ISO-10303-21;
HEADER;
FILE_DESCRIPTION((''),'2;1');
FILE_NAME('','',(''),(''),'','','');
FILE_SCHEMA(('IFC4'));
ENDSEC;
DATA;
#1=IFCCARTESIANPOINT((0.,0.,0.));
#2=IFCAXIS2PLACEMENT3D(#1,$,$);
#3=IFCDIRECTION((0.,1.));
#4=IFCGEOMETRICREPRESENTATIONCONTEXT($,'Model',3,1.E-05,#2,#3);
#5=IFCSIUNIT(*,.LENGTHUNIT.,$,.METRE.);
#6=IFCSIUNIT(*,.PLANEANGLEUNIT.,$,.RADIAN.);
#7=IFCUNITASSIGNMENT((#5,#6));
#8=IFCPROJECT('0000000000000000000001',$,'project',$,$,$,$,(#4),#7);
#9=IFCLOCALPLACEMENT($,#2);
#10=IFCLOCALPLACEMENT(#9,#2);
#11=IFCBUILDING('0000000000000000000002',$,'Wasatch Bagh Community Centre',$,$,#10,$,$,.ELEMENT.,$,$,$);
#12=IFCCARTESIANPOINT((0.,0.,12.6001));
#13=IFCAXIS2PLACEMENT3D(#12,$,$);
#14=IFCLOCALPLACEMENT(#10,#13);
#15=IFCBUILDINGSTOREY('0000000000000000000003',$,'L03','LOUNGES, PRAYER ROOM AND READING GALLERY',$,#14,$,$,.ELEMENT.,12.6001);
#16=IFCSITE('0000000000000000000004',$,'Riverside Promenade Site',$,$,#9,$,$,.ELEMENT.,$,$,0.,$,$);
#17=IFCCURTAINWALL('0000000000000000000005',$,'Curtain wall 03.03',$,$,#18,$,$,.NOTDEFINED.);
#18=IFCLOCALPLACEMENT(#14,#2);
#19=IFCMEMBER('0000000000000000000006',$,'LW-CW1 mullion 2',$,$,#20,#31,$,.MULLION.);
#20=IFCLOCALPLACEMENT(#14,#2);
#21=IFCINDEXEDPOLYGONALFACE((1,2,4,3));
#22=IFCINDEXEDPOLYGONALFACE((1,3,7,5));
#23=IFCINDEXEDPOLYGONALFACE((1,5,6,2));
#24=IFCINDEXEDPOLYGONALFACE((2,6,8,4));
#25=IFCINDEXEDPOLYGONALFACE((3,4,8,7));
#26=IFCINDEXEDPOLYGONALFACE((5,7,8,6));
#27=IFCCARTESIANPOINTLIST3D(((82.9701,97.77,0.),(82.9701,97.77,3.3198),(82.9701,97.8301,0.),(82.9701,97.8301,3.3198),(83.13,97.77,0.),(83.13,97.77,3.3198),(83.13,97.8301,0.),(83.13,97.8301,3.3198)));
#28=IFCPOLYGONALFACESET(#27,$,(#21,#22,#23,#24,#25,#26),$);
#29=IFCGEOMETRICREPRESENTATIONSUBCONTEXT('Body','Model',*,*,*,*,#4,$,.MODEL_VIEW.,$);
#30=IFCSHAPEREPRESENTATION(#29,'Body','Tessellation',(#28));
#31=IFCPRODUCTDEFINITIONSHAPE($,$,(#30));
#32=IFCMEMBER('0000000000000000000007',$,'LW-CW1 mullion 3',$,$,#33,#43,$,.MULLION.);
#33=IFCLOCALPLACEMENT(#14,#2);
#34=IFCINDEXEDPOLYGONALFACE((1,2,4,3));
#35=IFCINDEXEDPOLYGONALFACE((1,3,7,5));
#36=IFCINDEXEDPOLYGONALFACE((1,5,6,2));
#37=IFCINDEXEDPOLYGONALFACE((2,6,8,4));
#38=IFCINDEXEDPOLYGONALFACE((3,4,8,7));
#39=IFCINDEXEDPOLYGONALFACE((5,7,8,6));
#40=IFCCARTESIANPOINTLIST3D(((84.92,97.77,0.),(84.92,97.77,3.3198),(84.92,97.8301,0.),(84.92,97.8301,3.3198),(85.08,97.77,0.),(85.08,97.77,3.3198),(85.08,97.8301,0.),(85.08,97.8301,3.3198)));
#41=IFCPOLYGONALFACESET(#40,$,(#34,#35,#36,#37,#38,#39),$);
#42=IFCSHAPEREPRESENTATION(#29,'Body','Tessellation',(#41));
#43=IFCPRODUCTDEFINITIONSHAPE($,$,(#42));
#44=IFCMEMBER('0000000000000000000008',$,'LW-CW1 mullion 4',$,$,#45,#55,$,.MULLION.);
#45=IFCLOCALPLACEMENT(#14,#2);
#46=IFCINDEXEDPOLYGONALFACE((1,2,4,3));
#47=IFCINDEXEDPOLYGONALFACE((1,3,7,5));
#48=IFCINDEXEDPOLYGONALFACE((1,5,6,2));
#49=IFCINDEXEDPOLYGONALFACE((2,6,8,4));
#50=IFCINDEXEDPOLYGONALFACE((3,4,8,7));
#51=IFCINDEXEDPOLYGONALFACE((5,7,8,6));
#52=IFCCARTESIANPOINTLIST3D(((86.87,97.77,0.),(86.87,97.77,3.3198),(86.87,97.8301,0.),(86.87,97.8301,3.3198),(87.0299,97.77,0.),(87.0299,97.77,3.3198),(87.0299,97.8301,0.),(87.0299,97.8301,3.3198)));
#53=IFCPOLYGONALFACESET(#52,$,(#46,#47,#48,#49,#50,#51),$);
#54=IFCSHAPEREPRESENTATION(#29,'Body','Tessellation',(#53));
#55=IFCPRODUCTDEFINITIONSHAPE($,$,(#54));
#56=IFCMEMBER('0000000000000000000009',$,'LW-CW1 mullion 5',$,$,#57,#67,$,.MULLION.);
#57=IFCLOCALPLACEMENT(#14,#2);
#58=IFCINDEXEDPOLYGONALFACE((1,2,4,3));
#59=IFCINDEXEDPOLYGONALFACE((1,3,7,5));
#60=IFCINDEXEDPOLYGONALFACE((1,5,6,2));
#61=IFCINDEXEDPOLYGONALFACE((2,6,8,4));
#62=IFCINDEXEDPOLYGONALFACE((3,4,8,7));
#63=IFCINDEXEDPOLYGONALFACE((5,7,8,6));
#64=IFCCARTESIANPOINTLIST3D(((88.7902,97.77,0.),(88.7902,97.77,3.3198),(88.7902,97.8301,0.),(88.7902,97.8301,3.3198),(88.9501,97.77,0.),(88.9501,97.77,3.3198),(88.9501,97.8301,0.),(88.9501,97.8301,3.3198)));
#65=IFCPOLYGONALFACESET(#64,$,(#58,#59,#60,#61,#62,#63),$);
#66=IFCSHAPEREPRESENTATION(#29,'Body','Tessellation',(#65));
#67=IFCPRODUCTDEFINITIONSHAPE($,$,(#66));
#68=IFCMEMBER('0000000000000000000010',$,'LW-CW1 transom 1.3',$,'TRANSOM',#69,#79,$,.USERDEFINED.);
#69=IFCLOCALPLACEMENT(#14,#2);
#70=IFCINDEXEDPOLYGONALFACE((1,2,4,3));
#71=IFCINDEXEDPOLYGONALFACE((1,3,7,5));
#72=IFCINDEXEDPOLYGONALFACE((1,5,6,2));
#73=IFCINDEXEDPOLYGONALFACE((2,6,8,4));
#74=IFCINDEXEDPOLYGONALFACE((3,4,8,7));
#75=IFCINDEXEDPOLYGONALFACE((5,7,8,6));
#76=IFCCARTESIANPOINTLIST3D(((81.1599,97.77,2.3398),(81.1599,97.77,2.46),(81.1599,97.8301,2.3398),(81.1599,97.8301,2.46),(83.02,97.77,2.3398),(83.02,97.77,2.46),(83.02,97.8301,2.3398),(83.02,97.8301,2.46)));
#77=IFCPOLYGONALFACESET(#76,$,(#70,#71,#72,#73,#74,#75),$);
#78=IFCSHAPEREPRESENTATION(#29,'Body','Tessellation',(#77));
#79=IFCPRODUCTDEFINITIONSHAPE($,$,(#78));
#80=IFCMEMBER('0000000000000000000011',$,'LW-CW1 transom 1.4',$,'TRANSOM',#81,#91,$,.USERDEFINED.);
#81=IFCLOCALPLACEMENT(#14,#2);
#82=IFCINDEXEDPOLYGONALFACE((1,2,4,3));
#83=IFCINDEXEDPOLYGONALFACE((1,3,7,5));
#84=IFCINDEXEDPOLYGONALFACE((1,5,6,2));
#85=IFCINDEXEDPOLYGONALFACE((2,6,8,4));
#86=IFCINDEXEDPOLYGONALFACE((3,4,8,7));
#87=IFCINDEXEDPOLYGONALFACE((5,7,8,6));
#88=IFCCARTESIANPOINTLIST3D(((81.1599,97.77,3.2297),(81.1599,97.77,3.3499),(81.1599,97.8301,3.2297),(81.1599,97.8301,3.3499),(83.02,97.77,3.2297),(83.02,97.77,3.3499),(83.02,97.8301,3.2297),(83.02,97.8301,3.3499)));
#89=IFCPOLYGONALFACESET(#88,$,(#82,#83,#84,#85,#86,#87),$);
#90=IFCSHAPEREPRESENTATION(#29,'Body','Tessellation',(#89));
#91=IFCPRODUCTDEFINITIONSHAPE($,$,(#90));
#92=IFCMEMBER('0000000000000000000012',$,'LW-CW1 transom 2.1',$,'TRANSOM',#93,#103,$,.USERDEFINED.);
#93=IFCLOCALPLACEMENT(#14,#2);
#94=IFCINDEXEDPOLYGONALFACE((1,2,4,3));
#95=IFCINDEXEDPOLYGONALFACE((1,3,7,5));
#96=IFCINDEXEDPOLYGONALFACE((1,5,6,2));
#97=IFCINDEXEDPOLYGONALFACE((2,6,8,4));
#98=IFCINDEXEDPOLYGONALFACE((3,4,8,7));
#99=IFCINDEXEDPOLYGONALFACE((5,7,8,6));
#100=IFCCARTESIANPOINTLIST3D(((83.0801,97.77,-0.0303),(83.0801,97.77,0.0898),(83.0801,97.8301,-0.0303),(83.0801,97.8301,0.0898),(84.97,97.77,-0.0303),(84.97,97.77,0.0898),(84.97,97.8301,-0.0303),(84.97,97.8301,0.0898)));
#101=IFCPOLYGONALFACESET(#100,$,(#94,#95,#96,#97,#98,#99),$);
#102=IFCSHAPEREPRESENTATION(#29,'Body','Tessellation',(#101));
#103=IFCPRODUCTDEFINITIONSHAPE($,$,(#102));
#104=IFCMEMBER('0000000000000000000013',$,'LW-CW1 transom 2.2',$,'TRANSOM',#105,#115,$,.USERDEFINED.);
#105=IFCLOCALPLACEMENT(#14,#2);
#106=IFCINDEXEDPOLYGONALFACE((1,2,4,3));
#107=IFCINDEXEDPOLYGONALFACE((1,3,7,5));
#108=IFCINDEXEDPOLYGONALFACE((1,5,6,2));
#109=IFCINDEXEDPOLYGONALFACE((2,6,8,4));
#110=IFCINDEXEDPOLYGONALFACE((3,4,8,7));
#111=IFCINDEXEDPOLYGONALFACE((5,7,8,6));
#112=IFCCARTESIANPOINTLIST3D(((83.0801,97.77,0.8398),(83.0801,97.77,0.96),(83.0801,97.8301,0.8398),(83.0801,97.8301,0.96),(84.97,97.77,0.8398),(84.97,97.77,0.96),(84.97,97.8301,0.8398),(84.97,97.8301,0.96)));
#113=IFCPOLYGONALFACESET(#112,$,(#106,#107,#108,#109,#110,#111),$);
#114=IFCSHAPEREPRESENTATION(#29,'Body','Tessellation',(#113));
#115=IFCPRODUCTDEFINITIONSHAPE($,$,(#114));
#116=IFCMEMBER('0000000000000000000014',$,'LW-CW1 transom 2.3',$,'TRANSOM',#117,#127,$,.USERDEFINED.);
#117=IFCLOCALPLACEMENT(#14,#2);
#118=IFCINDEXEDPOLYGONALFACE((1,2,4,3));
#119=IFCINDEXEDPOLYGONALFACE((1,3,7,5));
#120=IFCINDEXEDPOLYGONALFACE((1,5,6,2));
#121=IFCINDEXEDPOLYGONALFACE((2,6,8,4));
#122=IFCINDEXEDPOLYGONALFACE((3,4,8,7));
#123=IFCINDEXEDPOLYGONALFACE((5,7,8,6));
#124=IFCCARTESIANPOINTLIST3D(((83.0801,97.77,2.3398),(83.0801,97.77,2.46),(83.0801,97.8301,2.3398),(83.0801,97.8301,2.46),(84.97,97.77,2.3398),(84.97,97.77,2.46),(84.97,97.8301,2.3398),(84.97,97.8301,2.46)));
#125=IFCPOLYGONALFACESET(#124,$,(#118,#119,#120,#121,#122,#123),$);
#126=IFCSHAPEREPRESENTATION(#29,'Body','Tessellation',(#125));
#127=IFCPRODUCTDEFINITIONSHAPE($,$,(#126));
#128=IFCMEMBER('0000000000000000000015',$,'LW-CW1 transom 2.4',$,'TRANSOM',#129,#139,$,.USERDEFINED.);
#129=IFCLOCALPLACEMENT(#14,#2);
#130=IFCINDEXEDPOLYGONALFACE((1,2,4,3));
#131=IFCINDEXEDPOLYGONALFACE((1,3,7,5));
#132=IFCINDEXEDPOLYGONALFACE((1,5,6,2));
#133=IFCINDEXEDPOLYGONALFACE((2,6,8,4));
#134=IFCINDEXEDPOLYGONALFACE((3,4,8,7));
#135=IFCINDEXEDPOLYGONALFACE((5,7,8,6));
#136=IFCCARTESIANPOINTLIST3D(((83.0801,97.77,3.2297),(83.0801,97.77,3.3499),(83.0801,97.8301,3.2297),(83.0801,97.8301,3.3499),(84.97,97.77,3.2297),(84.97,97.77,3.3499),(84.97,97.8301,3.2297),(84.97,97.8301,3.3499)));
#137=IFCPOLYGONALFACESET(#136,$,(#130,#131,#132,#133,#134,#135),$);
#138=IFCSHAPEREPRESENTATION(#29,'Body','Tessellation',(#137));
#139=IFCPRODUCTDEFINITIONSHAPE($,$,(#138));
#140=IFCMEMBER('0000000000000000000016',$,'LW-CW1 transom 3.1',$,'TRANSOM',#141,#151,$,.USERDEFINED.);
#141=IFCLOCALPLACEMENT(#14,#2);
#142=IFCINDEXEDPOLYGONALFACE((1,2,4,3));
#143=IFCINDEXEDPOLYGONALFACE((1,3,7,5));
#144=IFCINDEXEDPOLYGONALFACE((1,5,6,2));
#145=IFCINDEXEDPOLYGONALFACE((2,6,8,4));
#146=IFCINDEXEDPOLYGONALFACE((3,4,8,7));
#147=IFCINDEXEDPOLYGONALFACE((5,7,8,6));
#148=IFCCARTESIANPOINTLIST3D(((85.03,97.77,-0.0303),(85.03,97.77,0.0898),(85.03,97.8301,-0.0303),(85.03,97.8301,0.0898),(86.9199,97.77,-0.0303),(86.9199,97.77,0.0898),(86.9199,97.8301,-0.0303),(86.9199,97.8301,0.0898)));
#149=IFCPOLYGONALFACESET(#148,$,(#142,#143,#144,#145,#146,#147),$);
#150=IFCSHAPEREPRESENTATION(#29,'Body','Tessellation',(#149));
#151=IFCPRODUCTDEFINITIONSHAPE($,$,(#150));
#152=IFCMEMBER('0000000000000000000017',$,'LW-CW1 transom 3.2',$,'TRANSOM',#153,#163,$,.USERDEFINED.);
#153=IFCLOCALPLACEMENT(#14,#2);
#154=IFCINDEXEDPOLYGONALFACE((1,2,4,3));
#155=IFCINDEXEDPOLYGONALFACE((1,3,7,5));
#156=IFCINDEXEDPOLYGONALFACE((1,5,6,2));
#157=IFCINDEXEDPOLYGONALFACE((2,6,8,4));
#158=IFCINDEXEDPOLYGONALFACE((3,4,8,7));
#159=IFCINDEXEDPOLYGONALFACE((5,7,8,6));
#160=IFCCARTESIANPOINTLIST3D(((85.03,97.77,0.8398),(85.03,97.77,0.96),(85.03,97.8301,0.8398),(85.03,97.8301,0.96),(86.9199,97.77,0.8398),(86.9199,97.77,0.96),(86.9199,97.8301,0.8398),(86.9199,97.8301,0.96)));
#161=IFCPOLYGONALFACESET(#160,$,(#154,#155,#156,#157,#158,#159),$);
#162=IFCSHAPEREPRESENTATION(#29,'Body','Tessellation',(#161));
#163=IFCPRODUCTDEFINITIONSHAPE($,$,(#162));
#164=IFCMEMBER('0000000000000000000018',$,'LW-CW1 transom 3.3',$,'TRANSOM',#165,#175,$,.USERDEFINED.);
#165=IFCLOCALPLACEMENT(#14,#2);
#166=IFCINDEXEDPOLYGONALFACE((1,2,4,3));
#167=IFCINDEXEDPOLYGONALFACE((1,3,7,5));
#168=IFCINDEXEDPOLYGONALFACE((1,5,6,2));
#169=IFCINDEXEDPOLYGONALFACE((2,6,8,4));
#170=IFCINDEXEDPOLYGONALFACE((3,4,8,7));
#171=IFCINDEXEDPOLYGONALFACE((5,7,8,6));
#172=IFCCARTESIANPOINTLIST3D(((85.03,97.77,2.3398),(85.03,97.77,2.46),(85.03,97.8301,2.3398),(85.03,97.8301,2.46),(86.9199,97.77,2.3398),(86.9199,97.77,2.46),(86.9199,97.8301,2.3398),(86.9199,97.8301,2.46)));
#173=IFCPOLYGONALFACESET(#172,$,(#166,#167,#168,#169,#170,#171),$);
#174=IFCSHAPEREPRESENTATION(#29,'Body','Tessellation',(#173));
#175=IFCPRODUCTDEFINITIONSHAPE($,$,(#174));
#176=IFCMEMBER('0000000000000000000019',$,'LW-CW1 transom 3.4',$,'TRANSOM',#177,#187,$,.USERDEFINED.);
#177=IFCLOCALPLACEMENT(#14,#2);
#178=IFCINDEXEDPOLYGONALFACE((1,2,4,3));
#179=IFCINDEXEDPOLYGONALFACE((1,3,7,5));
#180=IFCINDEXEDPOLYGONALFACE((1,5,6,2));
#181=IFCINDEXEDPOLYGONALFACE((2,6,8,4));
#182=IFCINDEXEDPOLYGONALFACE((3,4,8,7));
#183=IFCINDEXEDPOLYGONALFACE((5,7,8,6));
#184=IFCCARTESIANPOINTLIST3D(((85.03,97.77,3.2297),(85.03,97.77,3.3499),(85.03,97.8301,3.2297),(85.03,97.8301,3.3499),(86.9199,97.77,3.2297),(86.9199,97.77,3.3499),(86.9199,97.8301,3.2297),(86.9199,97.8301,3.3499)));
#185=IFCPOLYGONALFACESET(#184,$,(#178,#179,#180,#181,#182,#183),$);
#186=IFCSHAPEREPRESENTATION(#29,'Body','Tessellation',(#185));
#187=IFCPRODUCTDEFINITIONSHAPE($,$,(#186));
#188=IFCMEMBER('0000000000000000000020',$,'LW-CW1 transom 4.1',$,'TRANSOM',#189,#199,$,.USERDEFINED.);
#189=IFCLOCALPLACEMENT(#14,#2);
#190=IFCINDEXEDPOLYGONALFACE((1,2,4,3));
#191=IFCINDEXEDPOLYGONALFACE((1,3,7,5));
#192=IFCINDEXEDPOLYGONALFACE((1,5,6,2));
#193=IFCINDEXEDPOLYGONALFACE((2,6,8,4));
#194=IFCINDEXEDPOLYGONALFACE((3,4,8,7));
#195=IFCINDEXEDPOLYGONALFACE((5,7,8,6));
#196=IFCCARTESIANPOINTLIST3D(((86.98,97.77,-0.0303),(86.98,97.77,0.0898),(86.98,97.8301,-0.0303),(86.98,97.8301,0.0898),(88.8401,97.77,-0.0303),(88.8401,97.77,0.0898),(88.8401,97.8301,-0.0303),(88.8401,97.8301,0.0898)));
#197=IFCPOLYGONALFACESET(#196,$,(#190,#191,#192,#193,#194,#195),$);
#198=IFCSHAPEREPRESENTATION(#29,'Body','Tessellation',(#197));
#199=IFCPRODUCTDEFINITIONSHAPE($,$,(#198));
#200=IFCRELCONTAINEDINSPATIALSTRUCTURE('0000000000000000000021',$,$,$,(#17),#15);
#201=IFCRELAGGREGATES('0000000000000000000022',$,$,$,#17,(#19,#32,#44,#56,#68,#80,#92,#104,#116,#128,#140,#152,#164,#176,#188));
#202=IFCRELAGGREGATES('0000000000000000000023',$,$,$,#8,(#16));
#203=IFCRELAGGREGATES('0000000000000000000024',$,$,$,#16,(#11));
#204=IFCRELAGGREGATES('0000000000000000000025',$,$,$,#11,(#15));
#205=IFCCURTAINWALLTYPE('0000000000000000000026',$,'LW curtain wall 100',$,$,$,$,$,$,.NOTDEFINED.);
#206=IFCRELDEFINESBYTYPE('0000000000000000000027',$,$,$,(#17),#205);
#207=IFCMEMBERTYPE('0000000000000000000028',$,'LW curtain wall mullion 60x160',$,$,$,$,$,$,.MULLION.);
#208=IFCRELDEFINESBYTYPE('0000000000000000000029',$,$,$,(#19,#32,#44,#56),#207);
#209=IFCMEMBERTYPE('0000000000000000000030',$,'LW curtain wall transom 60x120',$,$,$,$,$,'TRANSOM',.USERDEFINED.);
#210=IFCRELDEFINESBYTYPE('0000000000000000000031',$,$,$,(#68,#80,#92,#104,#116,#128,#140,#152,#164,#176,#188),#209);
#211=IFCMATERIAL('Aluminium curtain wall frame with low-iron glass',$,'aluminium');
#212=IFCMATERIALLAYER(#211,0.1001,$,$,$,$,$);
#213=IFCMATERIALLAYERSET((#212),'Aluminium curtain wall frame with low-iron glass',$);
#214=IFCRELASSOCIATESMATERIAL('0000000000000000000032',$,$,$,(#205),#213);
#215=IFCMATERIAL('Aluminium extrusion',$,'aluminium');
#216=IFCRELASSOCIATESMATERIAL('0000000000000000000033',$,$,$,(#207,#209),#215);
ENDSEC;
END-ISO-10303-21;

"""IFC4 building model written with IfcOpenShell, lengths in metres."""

from ifc_helpers import new_model, si_unit, direction, frame, origin, origin_2d, place, context, subcontext, project, spatial, rectangle, extrude, material, layer, layer_set, material_profile, profile_set, type_object, element, aggregate, save


model = new_model("IFC4")

# Units and contexts
model_context = context("Model", 3, precision=1e-05, world=origin(), true_north=direction((0.0, 1.0)))
body_context = subcontext(model_context, "Body", "Model", "MODEL_VIEW")
ifc_project = project(units=[si_unit("LENGTHUNIT", "METRE"), si_unit("PLANEANGLEUNIT", "RADIAN")], contexts=[model_context])

# Site, building, storey
site_placement = place(None, origin())
site = spatial("IfcSite", under=ifc_project, at=site_placement, Name="Riverside Promenade Site", CompositionType="ELEMENT", RefElevation=0.0)
building_placement = place(site_placement, origin())
building = spatial("IfcBuilding", under=site, at=building_placement, Name="Wasatch Bagh Community Centre", CompositionType="ELEMENT")
storey_placement = place(building_placement, frame((0.0, 0.0, 12.6001)))
storey = spatial("IfcBuildingStorey", under=building, at=storey_placement, Name="L03", Description="LOUNGES, PRAYER ROOM AND READING GALLERY", CompositionType="ELEMENT", Elevation=12.6001)

# Curtain wall, members
ifc_material_1 = material(Name="Aluminium curtain wall frame with low-iron glass", Category="aluminium")
ifc_layer_1 = layer(ifc_material_1, 0.1001)
ifc_layer_set_1 = layer_set([ifc_layer_1], Name="Aluminium curtain wall frame with low-iron glass")
curtain_wall_type = type_object("IfcCurtainWallType", Name="LW curtain wall 100", PredefinedType="NOTDEFINED", material=ifc_layer_set_1)
curtain_wall_placement = place(storey_placement, origin())
curtain_wall = element("IfcCurtainWall", 1, at=curtain_wall_placement, inside=storey, type_object=curtain_wall_type, Name="Curtain wall 03.03", PredefinedType="NOTDEFINED")
ifc_material_2 = material(Name="Aluminium extrusion", Category="aluminium")
ifc_material_profile_1 = material_profile(ifc_material_2, rectangle(XDim=0.0601, YDim=0.1599, at=origin_2d()), Name="AL 60x160")
ifc_profile_set_1 = profile_set([ifc_material_profile_1], Name="Aluminium extrusion")
member_type_1 = type_object("IfcMemberType", Name="LW curtain wall mullion 60x160", PredefinedType="MULLION", material=ifc_profile_set_1)
member_1_placement = place(storey_placement, frame((83.05, 97.8, 0.0), z_axis=(0.0, 0.0, 1.0), x_axis=(0.0, 1.0, 0.0)))
member_1 = element("IfcMember", 2, at=member_1_placement, type_object=member_type_1, Name="LW-CW1 mullion 2", PredefinedType="MULLION", context=body_context, shape_type="SweptSolid", body=[
    extrude(rectangle(XDim=0.0601, YDim=0.1599, at=origin_2d()), origin(), (0.0, 0.0, 1.0), 3.3198),
])
member_2_placement = place(storey_placement, frame((85.0, 97.8, 0.0), z_axis=(0.0, 0.0, 1.0), x_axis=(0.0, 1.0, 0.0)))
member_2 = element("IfcMember", 3, at=member_2_placement, type_object=member_type_1, Name="LW-CW1 mullion 3", PredefinedType="MULLION", context=body_context, shape_type="SweptSolid", body=[
    extrude(rectangle(XDim=0.0601, YDim=0.1599, at=origin_2d()), origin(), (0.0, 0.0, 1.0), 3.3198),
])
member_3_placement = place(storey_placement, frame((86.95, 97.8, 0.0), z_axis=(0.0, 0.0, 1.0), x_axis=(0.0, 1.0, 0.0)))
member_3 = element("IfcMember", 4, at=member_3_placement, type_object=member_type_1, Name="LW-CW1 mullion 4", PredefinedType="MULLION", context=body_context, shape_type="SweptSolid", body=[
    extrude(rectangle(XDim=0.0601, YDim=0.1599, at=origin_2d()), origin(), (0.0, 0.0, 1.0), 3.3198),
])
member_4_placement = place(storey_placement, frame((88.8701, 97.8, 0.0), z_axis=(0.0, 0.0, 1.0), x_axis=(0.0, 1.0, 0.0)))
member_4 = element("IfcMember", 5, at=member_4_placement, type_object=member_type_1, Name="LW-CW1 mullion 5", PredefinedType="MULLION", context=body_context, shape_type="SweptSolid", body=[
    extrude(rectangle(XDim=0.0601, YDim=0.1599, at=origin_2d()), origin(), (0.0, 0.0, 1.0), 3.3198),
])
ifc_material_profile_2 = material_profile(ifc_material_2, rectangle(XDim=0.0601, YDim=0.1201, at=origin_2d()), Name="AL 60x120")
ifc_profile_set_2 = profile_set([ifc_material_profile_2], Name="Aluminium extrusion")
member_type_2 = type_object("IfcMemberType", Name="LW curtain wall transom 60x120", ElementType="TRANSOM", PredefinedType="USERDEFINED", material=ifc_profile_set_2)
member_5_placement = place(storey_placement, frame((81.1599, 97.8, 2.3999), z_axis=(1.0, 0.0, 0.0), x_axis=(0.0, 1.0, 0.0)))
member_5 = element("IfcMember", 6, at=member_5_placement, type_object=member_type_2, Name="LW-CW1 transom 1.3", ObjectType="TRANSOM", PredefinedType="USERDEFINED", context=body_context, shape_type="SweptSolid", body=[
    extrude(rectangle(XDim=0.0601, YDim=0.1201, at=origin_2d()), origin(), (0.0, 0.0, 1.0), 1.8601),
])
member_6_placement = place(storey_placement, frame((81.1599, 97.8, 3.2898), z_axis=(1.0, 0.0, 0.0), x_axis=(0.0, 1.0, 0.0)))
member_6 = element("IfcMember", 7, at=member_6_placement, type_object=member_type_2, Name="LW-CW1 transom 1.4", ObjectType="TRANSOM", PredefinedType="USERDEFINED", context=body_context, shape_type="SweptSolid", body=[
    extrude(rectangle(XDim=0.0601, YDim=0.1201, at=origin_2d()), origin(), (0.0, 0.0, 1.0), 1.8601),
])
member_7_placement = place(storey_placement, frame((83.0801, 97.8, 0.0298), z_axis=(1.0, 0.0, 0.0), x_axis=(0.0, 1.0, 0.0)))
member_7 = element("IfcMember", 8, at=member_7_placement, type_object=member_type_2, Name="LW-CW1 transom 2.1", ObjectType="TRANSOM", PredefinedType="USERDEFINED", context=body_context, shape_type="SweptSolid", body=[
    extrude(rectangle(XDim=0.0601, YDim=0.1201, at=origin_2d()), origin(), (0.0, 0.0, 1.0), 1.8899),
])
member_8_placement = place(storey_placement, frame((83.0801, 97.8, 0.8999), z_axis=(1.0, 0.0, 0.0), x_axis=(0.0, 1.0, 0.0)))
member_8 = element("IfcMember", 9, at=member_8_placement, type_object=member_type_2, Name="LW-CW1 transom 2.2", ObjectType="TRANSOM", PredefinedType="USERDEFINED", context=body_context, shape_type="SweptSolid", body=[
    extrude(rectangle(XDim=0.0601, YDim=0.1201, at=origin_2d()), origin(), (0.0, 0.0, 1.0), 1.8899),
])
member_9_placement = place(storey_placement, frame((83.0801, 97.8, 2.3999), z_axis=(1.0, 0.0, 0.0), x_axis=(0.0, 1.0, 0.0)))
member_9 = element("IfcMember", 10, at=member_9_placement, type_object=member_type_2, Name="LW-CW1 transom 2.3", ObjectType="TRANSOM", PredefinedType="USERDEFINED", context=body_context, shape_type="SweptSolid", body=[
    extrude(rectangle(XDim=0.0601, YDim=0.1201, at=origin_2d()), origin(), (0.0, 0.0, 1.0), 1.8899),
])
member_10_placement = place(storey_placement, frame((83.0801, 97.8, 3.2898), z_axis=(1.0, 0.0, 0.0), x_axis=(0.0, 1.0, 0.0)))
member_10 = element("IfcMember", 11, at=member_10_placement, type_object=member_type_2, Name="LW-CW1 transom 2.4", ObjectType="TRANSOM", PredefinedType="USERDEFINED", context=body_context, shape_type="SweptSolid", body=[
    extrude(rectangle(XDim=0.0601, YDim=0.1201, at=origin_2d()), origin(), (0.0, 0.0, 1.0), 1.8899),
])
member_11_placement = place(storey_placement, frame((85.03, 97.8, 0.0298), z_axis=(1.0, 0.0, 0.0), x_axis=(0.0, 1.0, 0.0)))
member_11 = element("IfcMember", 12, at=member_11_placement, type_object=member_type_2, Name="LW-CW1 transom 3.1", ObjectType="TRANSOM", PredefinedType="USERDEFINED", context=body_context, shape_type="SweptSolid", body=[
    extrude(rectangle(XDim=0.0601, YDim=0.1201, at=origin_2d()), origin(), (0.0, 0.0, 1.0), 1.8899),
])
member_12_placement = place(storey_placement, frame((85.03, 97.8, 0.8999), z_axis=(1.0, 0.0, 0.0), x_axis=(0.0, 1.0, 0.0)))
member_12 = element("IfcMember", 13, at=member_12_placement, type_object=member_type_2, Name="LW-CW1 transom 3.2", ObjectType="TRANSOM", PredefinedType="USERDEFINED", context=body_context, shape_type="SweptSolid", body=[
    extrude(rectangle(XDim=0.0601, YDim=0.1201, at=origin_2d()), origin(), (0.0, 0.0, 1.0), 1.8899),
])
member_13_placement = place(storey_placement, frame((85.03, 97.8, 2.3999), z_axis=(1.0, 0.0, 0.0), x_axis=(0.0, 1.0, 0.0)))
member_13 = element("IfcMember", 14, at=member_13_placement, type_object=member_type_2, Name="LW-CW1 transom 3.3", ObjectType="TRANSOM", PredefinedType="USERDEFINED", context=body_context, shape_type="SweptSolid", body=[
    extrude(rectangle(XDim=0.0601, YDim=0.1201, at=origin_2d()), origin(), (0.0, 0.0, 1.0), 1.8899),
])
member_14_placement = place(storey_placement, frame((85.03, 97.8, 3.2898), z_axis=(1.0, 0.0, 0.0), x_axis=(0.0, 1.0, 0.0)))
member_14 = element("IfcMember", 15, at=member_14_placement, type_object=member_type_2, Name="LW-CW1 transom 3.4", ObjectType="TRANSOM", PredefinedType="USERDEFINED", context=body_context, shape_type="SweptSolid", body=[
    extrude(rectangle(XDim=0.0601, YDim=0.1201, at=origin_2d()), origin(), (0.0, 0.0, 1.0), 1.8899),
])
member_15_placement = place(storey_placement, frame((86.98, 97.8, 0.0298), z_axis=(1.0, 0.0, 0.0), x_axis=(0.0, 1.0, 0.0)))
member_15 = element("IfcMember", 16, at=member_15_placement, type_object=member_type_2, Name="LW-CW1 transom 4.1", ObjectType="TRANSOM", PredefinedType="USERDEFINED", context=body_context, shape_type="SweptSolid", body=[
    extrude(rectangle(XDim=0.0601, YDim=0.1201, at=origin_2d()), origin(), (0.0, 0.0, 1.0), 1.8601),
])
aggregate(curtain_wall, [member_1, member_2, member_3, member_4, member_5, member_6, member_7, member_8, member_9, member_10, member_11, member_12, member_13, member_14, member_15])

save(model, "model.ifc")
